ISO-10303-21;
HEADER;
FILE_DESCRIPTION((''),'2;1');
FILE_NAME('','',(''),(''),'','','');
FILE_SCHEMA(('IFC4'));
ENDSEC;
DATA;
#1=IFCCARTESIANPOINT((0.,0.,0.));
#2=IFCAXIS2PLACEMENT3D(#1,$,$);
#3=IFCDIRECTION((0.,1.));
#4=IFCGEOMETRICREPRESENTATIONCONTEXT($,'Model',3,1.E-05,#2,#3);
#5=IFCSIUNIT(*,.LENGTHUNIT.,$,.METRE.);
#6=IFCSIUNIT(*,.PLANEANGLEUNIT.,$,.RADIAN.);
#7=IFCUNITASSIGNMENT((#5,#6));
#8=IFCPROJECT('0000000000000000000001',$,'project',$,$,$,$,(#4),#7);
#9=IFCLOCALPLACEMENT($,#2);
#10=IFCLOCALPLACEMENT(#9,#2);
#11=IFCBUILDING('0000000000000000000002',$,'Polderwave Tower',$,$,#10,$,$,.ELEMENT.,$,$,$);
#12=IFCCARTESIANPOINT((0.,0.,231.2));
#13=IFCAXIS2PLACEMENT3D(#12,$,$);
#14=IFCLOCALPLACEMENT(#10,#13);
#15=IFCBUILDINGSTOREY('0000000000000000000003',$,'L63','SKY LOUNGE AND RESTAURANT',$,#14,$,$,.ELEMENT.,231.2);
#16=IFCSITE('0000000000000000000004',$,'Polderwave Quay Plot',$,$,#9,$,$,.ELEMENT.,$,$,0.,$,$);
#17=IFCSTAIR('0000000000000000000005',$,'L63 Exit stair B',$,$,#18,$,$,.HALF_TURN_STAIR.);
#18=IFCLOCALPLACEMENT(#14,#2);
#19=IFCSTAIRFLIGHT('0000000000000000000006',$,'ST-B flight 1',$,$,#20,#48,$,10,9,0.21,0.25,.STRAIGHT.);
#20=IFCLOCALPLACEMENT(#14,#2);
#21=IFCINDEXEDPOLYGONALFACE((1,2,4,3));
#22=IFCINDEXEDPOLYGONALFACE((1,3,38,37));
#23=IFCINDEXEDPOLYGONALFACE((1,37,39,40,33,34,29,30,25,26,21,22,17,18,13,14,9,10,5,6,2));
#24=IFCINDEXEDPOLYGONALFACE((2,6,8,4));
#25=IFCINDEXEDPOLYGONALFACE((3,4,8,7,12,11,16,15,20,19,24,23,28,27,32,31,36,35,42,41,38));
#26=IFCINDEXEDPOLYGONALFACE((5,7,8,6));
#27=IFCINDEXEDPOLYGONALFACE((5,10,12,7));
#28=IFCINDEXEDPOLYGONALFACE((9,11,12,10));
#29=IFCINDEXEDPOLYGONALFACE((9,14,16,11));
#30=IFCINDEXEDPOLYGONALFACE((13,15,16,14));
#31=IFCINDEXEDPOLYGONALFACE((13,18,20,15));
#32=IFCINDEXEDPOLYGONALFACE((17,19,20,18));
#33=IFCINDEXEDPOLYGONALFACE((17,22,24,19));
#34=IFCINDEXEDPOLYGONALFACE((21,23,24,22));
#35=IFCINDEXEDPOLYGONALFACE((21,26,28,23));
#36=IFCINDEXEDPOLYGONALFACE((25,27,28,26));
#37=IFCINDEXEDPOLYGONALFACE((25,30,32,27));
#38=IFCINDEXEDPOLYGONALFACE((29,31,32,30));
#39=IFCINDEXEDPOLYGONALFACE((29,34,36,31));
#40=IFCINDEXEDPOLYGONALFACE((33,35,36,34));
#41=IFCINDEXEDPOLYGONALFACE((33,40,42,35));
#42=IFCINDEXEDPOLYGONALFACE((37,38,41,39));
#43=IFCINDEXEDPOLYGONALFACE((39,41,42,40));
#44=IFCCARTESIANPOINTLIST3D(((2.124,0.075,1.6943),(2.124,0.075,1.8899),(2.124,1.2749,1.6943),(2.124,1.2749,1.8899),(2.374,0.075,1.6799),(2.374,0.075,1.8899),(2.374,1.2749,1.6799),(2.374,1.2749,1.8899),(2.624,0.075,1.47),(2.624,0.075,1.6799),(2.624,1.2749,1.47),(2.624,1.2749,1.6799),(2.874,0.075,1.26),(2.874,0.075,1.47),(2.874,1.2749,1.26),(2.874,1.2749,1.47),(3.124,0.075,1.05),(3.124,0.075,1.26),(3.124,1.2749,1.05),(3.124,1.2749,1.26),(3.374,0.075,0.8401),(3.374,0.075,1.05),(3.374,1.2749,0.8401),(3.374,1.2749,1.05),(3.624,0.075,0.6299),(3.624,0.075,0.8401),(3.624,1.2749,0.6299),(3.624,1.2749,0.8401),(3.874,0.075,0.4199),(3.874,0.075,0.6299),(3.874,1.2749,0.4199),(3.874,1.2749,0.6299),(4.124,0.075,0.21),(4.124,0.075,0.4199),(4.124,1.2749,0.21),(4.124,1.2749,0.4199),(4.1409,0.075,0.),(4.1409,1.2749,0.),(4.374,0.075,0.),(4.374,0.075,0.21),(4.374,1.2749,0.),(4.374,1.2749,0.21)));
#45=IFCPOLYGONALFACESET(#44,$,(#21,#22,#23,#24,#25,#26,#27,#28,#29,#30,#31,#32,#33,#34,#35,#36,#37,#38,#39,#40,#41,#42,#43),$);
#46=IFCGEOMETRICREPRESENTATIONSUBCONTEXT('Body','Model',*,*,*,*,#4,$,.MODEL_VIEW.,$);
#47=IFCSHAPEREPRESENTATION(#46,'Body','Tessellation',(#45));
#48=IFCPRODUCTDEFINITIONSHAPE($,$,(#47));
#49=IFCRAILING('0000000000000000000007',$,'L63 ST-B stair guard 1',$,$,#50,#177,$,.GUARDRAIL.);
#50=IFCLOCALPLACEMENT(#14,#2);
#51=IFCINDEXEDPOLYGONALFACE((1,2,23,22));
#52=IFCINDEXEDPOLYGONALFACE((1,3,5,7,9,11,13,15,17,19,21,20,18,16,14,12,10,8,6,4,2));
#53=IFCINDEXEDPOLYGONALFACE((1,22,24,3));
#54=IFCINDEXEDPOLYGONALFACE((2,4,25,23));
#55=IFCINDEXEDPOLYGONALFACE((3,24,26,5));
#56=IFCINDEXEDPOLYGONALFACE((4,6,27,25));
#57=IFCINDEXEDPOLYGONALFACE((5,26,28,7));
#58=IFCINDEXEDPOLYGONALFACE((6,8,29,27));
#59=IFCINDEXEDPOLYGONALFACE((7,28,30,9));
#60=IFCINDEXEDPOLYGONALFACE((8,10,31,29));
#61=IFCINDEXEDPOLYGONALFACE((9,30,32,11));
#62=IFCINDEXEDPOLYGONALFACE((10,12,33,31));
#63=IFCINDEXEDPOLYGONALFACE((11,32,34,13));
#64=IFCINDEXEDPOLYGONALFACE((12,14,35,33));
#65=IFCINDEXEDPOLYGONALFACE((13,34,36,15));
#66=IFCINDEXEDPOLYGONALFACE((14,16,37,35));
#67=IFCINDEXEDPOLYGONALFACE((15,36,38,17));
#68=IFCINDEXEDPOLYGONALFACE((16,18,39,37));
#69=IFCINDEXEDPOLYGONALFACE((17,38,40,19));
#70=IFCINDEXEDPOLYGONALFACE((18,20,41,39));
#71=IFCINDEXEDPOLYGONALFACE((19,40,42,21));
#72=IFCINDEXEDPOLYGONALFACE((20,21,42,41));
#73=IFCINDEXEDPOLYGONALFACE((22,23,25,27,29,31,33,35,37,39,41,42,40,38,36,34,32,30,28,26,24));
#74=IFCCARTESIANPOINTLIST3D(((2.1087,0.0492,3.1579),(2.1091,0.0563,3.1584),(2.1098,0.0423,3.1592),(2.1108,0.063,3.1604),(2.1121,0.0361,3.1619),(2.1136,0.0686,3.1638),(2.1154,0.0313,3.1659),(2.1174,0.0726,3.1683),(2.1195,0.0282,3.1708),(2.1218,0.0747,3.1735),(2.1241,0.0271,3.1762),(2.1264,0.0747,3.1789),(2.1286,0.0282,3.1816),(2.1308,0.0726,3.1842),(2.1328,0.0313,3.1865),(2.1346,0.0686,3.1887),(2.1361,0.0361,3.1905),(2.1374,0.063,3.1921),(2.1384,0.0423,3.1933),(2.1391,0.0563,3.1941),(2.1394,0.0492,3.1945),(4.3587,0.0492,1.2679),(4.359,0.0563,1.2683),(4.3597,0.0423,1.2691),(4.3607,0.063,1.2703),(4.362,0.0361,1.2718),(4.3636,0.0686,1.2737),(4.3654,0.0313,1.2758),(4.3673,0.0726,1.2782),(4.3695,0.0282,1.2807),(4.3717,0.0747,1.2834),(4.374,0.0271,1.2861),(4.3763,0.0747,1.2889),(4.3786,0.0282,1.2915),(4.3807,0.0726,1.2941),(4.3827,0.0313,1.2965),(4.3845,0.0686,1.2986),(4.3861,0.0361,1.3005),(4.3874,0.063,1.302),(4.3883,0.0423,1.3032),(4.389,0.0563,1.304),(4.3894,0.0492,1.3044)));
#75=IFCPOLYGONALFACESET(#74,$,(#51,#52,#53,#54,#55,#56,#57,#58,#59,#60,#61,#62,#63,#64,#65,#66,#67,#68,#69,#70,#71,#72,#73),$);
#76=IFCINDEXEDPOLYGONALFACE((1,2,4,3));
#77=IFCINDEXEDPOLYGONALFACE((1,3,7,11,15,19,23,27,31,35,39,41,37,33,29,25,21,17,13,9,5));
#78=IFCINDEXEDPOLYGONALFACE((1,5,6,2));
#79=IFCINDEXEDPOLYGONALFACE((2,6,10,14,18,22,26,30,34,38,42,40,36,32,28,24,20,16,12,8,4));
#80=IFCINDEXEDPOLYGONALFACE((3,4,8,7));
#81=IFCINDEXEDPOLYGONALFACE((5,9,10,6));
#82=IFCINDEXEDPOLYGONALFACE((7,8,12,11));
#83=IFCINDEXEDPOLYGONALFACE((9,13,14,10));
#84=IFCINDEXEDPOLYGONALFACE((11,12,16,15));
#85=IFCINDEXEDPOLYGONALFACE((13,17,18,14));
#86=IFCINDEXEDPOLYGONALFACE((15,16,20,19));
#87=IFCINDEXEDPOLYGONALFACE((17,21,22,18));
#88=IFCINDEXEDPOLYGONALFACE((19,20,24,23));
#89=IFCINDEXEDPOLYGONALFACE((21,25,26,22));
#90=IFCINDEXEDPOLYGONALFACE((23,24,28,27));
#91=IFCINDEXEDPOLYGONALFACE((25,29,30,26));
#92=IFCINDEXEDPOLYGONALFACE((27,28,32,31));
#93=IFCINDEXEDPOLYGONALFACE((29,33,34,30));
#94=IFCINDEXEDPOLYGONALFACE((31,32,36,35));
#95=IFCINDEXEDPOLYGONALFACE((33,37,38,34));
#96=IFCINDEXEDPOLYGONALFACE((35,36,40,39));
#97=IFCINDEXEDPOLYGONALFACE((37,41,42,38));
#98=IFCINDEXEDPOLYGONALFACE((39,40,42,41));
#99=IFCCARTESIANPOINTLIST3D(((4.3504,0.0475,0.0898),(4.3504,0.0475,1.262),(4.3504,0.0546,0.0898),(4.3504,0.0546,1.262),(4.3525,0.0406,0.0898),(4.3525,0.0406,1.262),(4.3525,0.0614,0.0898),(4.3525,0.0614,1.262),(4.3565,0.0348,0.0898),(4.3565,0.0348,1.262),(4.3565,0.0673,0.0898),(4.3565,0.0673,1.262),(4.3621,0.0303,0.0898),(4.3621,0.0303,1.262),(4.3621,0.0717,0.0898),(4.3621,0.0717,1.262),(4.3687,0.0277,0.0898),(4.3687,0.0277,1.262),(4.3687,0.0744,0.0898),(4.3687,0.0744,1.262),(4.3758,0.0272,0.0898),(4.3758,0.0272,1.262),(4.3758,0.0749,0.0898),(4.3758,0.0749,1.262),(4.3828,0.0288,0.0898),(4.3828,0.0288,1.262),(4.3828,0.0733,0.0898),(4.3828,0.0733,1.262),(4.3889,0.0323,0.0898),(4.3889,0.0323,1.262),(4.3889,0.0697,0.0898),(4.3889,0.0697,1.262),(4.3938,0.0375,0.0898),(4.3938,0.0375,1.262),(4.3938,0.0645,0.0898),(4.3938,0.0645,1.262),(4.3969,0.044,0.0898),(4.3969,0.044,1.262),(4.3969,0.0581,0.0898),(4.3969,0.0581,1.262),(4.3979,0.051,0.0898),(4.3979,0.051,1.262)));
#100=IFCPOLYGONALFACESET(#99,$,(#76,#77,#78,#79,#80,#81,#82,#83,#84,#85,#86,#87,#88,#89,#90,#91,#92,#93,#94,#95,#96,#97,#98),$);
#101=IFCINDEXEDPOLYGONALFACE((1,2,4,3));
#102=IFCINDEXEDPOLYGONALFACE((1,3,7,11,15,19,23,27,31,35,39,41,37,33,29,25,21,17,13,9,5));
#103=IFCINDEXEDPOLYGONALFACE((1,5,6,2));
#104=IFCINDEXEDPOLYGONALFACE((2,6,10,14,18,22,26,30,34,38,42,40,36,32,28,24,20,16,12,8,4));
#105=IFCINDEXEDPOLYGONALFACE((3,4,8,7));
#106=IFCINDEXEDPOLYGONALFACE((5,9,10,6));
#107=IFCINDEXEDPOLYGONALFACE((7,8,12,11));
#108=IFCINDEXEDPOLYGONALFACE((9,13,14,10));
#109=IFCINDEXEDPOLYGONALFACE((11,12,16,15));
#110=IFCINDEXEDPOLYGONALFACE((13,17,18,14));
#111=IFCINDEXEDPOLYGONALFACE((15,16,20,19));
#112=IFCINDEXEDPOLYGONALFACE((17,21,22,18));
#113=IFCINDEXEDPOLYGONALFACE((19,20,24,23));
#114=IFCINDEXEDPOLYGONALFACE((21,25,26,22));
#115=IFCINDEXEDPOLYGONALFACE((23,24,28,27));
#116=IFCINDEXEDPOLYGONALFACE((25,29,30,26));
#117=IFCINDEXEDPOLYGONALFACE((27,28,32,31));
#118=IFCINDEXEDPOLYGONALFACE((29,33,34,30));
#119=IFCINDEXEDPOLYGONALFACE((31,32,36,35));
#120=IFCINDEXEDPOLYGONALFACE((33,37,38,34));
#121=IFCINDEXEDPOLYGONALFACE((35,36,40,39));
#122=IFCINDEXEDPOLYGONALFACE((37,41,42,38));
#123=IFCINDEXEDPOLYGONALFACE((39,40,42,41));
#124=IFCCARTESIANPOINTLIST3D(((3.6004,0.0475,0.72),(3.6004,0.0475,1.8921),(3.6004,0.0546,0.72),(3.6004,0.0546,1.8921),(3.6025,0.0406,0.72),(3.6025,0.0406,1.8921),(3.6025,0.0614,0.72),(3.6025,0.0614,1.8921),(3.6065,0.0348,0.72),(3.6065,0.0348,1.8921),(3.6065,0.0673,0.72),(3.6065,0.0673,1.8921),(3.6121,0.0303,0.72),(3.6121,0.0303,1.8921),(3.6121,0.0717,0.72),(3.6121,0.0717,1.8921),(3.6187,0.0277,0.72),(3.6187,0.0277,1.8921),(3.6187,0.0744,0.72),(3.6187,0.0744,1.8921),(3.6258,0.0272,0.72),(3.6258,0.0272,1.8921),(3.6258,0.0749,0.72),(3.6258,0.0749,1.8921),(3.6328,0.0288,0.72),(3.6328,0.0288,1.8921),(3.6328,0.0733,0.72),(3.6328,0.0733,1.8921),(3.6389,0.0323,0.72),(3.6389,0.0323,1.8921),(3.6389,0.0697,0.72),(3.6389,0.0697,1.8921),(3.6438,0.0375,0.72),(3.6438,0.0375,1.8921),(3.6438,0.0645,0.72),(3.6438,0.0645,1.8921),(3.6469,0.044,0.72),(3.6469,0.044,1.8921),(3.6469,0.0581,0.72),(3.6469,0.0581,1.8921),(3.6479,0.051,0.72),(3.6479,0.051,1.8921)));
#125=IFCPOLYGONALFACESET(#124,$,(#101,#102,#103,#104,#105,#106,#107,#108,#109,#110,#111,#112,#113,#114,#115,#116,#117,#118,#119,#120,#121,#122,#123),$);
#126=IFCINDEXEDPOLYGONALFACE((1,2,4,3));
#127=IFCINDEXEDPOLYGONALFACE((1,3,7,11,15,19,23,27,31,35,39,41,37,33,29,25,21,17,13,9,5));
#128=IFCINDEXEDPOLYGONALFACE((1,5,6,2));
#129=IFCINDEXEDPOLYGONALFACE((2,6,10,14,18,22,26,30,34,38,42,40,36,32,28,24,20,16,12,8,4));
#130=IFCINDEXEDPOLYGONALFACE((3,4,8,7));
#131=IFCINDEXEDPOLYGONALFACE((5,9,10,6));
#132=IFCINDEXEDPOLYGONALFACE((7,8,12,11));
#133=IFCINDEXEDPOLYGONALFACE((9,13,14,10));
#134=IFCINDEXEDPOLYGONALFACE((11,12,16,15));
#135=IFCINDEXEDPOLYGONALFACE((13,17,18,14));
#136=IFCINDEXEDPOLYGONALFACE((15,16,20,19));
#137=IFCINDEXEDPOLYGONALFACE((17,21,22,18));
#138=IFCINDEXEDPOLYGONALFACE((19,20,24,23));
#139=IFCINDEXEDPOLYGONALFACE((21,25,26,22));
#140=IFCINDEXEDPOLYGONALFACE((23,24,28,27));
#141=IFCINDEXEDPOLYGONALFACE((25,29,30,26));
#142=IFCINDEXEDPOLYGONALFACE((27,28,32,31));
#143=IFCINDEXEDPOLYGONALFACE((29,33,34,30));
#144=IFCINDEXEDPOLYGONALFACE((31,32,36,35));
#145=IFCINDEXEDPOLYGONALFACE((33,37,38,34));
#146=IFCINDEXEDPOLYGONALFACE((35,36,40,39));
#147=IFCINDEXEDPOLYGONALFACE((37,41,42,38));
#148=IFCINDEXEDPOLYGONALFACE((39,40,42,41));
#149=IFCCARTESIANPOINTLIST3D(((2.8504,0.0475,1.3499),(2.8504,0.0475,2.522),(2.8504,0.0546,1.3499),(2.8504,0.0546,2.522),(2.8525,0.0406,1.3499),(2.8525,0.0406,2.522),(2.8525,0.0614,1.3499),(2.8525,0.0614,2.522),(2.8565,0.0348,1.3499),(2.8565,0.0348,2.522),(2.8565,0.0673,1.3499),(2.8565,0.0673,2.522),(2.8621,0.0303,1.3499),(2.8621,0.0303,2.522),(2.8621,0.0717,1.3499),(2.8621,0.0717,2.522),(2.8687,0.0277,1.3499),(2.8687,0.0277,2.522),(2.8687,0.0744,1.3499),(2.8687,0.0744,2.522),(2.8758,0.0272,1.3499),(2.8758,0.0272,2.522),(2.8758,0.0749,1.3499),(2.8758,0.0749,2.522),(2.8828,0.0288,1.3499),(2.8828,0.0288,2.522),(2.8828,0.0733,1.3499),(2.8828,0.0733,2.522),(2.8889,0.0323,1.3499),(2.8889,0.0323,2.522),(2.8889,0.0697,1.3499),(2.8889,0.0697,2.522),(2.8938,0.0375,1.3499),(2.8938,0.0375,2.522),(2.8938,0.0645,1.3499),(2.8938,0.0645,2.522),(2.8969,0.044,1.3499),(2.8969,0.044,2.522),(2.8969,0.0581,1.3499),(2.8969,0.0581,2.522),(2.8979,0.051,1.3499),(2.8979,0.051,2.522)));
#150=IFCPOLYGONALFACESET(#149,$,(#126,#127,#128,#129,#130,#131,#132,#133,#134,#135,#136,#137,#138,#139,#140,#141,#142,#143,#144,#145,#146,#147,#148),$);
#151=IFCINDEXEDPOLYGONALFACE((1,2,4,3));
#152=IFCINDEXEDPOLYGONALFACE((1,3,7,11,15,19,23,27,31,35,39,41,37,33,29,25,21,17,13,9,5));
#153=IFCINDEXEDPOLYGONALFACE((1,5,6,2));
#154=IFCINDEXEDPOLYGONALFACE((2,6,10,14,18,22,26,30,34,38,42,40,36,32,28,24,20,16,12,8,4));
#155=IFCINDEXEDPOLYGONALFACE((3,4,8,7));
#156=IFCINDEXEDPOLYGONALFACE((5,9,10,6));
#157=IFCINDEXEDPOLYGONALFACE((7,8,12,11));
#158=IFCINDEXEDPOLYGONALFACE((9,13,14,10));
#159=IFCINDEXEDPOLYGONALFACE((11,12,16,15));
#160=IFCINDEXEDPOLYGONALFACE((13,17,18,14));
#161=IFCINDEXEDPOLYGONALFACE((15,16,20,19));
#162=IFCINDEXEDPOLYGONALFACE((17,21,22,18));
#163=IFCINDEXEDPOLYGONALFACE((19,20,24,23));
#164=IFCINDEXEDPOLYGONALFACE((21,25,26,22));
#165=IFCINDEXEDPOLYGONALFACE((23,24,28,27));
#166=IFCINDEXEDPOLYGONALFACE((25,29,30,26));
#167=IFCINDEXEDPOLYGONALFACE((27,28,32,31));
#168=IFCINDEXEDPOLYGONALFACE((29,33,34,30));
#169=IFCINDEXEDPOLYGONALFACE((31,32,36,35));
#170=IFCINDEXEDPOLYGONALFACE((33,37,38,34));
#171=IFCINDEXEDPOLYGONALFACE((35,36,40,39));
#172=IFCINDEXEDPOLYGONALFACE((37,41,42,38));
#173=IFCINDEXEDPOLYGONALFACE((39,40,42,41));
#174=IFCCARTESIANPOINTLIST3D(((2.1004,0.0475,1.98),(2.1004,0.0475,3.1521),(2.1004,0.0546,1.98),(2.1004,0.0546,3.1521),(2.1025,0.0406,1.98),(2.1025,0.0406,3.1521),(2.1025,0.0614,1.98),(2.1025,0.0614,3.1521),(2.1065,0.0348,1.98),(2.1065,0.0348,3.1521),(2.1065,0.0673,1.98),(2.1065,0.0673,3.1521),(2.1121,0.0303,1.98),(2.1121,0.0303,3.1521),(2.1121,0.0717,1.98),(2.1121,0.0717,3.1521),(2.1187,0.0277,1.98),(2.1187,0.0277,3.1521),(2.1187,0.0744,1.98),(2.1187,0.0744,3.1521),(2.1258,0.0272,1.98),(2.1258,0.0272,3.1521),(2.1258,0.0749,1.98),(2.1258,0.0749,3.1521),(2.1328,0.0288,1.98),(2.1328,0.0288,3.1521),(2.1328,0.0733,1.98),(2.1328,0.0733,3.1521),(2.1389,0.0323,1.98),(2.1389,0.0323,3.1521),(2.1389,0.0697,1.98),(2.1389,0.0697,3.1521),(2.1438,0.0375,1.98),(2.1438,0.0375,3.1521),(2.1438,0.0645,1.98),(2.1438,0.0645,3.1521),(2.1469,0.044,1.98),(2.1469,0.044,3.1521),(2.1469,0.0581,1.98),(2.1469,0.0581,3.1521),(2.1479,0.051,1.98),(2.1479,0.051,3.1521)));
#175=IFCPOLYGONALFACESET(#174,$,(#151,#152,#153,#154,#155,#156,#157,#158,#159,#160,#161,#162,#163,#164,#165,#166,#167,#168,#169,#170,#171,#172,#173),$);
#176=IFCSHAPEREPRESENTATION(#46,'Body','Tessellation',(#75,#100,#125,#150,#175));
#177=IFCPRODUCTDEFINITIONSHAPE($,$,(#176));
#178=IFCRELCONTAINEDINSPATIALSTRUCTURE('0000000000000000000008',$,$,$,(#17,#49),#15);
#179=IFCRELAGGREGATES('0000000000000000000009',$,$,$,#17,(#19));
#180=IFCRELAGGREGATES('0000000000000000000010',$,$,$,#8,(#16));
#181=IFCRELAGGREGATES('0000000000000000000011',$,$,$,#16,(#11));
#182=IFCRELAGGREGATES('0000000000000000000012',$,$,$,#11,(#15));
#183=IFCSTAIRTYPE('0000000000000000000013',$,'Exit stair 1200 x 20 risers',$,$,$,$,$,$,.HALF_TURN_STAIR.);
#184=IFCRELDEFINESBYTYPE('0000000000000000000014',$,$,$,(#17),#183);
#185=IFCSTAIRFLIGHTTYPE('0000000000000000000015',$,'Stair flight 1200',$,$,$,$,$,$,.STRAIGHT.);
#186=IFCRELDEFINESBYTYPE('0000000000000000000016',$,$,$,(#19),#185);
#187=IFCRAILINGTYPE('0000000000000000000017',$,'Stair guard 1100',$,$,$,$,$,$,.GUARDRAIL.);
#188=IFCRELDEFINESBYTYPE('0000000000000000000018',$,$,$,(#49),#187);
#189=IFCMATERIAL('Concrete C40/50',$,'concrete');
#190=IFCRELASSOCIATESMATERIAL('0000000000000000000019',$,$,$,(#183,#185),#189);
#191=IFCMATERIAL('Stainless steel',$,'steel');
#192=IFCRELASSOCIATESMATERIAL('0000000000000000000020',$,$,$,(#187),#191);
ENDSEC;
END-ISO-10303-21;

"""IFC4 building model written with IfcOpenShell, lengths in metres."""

from ifc_helpers import new_model, si_unit, direction, frame, origin, origin_2d, place, context, subcontext, project, spatial, polyline, circle, outline, extrude, material, type_object, element, aggregate, save


model = new_model("IFC4")

# Units and contexts
model_context = context("Model", 3, precision=1e-05, world=origin(), true_north=direction((0.0, 1.0)))
body_context = subcontext(model_context, "Body", "Model", "MODEL_VIEW")
ifc_project = project(units=[si_unit("LENGTHUNIT", "METRE"), si_unit("PLANEANGLEUNIT", "RADIAN")], contexts=[model_context])

# Site, building, storey
site_placement = place(None, origin())
site = spatial("IfcSite", under=ifc_project, at=site_placement, Name="Polderwave Quay Plot", CompositionType="ELEMENT", RefElevation=0.0)
building_placement = place(site_placement, origin())
building = spatial("IfcBuilding", under=site, at=building_placement, Name="Polderwave Tower", CompositionType="ELEMENT")
storey_placement = place(building_placement, frame((0.0, 0.0, 231.2)))
storey = spatial("IfcBuildingStorey", under=building, at=storey_placement, Name="L63", Description="SKY LOUNGE AND RESTAURANT", CompositionType="ELEMENT", Elevation=231.2)

# Stair, stair flight
ifc_material_1 = material(Name="Concrete C40/50", Category="concrete")
stair_type = type_object("IfcStairType", Name="Exit stair 1200 x 20 risers", PredefinedType="HALF_TURN_STAIR", material=ifc_material_1)
stair_placement = place(storey_placement, origin())
stair = element("IfcStair", 1, at=stair_placement, inside=storey, type_object=stair_type, Name="L63 Exit stair B", PredefinedType="HALF_TURN_STAIR")
stair_flight_type = type_object("IfcStairFlightType", Name="Stair flight 1200", PredefinedType="STRAIGHT", material=ifc_material_1)
stair_flight_placement = place(storey_placement, frame((4.374, 0.675, 0.0), z_axis=(0.0, 0.0, 1.0), x_axis=(-1.0, 0.0, 0.0)))
stair_flight = element("IfcStairFlight", 2, at=stair_flight_placement, type_object=stair_flight_type, Name="ST-B flight 1", NumberOfRisers=10, NumberOfTreads=9, PredefinedType="STRAIGHT", RiserHeight=0.21, TreadLength=0.25, context=body_context, shape_type="SweptSolid", body=[
    extrude(outline(polyline([(0.0, 0.0), (0.0, 0.21), (0.25, 0.21), (0.25, 0.4199), (0.5, 0.4199), (0.5, 0.6299), (0.75, 0.6299), (0.75, 0.8401), (1.0, 0.8401), (1.0, 1.05), (1.25, 1.05), (1.25, 1.26), (1.5, 1.26), (1.5, 1.47), (1.75, 1.47), (1.75, 1.6799), (2.0, 1.6799), (2.0, 1.8899), (2.25, 1.8899), (2.25, 2.1001), (2.25, 1.6943), (0.2332, 0.0), (0.0, 0.0)])), frame((0.0, 0.6001, 0.0), z_axis=(0.0, -1.0, 0.0), x_axis=(1.0, 0.0, 0.0)), (0.0, 0.0, 1.0), 1.2),
])
aggregate(stair, [stair_flight])

# Railing
ifc_material_2 = material(Name="Stainless steel", Category="steel")
railing_type_1 = type_object("IfcRailingType", Name="Stair guard 1100", PredefinedType="GUARDRAIL", material=ifc_material_2)
railing_1_placement = place(storey_placement, frame((4.374, 0.051, 0.0898)))
element("IfcRailing", 3, at=railing_1_placement, inside=storey, type_object=railing_type_1, Name="L63 ST-B stair guard 1", PredefinedType="GUARDRAIL", context=body_context, shape_type="SweptSolid", body=[
    extrude(circle(Radius=0.0239, at=origin_2d()), frame((0.0, 0.0, 1.1963), z_axis=(-0.765682, 0.0, 0.643219), x_axis=(0.0, -1.0, 0.0)), (0.0, 0.0, 1.0), 2.9385),
    extrude(circle(Radius=0.0239, at=origin_2d()), origin(), (0.0, 0.0, 1.0), 1.1721),
    extrude(circle(Radius=0.0239, at=origin_2d()), frame((-0.75, 0.0, 0.6301)), (0.0, 0.0, 1.0), 1.1721),
    extrude(circle(Radius=0.0239, at=origin_2d()), frame((-1.5, 0.0, 1.26)), (0.0, 0.0, 1.0), 1.1721),
    extrude(circle(Radius=0.0239, at=origin_2d()), frame((-2.25, 0.0, 1.8901)), (0.0, 0.0, 1.0), 1.1721),
])

save(model, "model.ifc")
